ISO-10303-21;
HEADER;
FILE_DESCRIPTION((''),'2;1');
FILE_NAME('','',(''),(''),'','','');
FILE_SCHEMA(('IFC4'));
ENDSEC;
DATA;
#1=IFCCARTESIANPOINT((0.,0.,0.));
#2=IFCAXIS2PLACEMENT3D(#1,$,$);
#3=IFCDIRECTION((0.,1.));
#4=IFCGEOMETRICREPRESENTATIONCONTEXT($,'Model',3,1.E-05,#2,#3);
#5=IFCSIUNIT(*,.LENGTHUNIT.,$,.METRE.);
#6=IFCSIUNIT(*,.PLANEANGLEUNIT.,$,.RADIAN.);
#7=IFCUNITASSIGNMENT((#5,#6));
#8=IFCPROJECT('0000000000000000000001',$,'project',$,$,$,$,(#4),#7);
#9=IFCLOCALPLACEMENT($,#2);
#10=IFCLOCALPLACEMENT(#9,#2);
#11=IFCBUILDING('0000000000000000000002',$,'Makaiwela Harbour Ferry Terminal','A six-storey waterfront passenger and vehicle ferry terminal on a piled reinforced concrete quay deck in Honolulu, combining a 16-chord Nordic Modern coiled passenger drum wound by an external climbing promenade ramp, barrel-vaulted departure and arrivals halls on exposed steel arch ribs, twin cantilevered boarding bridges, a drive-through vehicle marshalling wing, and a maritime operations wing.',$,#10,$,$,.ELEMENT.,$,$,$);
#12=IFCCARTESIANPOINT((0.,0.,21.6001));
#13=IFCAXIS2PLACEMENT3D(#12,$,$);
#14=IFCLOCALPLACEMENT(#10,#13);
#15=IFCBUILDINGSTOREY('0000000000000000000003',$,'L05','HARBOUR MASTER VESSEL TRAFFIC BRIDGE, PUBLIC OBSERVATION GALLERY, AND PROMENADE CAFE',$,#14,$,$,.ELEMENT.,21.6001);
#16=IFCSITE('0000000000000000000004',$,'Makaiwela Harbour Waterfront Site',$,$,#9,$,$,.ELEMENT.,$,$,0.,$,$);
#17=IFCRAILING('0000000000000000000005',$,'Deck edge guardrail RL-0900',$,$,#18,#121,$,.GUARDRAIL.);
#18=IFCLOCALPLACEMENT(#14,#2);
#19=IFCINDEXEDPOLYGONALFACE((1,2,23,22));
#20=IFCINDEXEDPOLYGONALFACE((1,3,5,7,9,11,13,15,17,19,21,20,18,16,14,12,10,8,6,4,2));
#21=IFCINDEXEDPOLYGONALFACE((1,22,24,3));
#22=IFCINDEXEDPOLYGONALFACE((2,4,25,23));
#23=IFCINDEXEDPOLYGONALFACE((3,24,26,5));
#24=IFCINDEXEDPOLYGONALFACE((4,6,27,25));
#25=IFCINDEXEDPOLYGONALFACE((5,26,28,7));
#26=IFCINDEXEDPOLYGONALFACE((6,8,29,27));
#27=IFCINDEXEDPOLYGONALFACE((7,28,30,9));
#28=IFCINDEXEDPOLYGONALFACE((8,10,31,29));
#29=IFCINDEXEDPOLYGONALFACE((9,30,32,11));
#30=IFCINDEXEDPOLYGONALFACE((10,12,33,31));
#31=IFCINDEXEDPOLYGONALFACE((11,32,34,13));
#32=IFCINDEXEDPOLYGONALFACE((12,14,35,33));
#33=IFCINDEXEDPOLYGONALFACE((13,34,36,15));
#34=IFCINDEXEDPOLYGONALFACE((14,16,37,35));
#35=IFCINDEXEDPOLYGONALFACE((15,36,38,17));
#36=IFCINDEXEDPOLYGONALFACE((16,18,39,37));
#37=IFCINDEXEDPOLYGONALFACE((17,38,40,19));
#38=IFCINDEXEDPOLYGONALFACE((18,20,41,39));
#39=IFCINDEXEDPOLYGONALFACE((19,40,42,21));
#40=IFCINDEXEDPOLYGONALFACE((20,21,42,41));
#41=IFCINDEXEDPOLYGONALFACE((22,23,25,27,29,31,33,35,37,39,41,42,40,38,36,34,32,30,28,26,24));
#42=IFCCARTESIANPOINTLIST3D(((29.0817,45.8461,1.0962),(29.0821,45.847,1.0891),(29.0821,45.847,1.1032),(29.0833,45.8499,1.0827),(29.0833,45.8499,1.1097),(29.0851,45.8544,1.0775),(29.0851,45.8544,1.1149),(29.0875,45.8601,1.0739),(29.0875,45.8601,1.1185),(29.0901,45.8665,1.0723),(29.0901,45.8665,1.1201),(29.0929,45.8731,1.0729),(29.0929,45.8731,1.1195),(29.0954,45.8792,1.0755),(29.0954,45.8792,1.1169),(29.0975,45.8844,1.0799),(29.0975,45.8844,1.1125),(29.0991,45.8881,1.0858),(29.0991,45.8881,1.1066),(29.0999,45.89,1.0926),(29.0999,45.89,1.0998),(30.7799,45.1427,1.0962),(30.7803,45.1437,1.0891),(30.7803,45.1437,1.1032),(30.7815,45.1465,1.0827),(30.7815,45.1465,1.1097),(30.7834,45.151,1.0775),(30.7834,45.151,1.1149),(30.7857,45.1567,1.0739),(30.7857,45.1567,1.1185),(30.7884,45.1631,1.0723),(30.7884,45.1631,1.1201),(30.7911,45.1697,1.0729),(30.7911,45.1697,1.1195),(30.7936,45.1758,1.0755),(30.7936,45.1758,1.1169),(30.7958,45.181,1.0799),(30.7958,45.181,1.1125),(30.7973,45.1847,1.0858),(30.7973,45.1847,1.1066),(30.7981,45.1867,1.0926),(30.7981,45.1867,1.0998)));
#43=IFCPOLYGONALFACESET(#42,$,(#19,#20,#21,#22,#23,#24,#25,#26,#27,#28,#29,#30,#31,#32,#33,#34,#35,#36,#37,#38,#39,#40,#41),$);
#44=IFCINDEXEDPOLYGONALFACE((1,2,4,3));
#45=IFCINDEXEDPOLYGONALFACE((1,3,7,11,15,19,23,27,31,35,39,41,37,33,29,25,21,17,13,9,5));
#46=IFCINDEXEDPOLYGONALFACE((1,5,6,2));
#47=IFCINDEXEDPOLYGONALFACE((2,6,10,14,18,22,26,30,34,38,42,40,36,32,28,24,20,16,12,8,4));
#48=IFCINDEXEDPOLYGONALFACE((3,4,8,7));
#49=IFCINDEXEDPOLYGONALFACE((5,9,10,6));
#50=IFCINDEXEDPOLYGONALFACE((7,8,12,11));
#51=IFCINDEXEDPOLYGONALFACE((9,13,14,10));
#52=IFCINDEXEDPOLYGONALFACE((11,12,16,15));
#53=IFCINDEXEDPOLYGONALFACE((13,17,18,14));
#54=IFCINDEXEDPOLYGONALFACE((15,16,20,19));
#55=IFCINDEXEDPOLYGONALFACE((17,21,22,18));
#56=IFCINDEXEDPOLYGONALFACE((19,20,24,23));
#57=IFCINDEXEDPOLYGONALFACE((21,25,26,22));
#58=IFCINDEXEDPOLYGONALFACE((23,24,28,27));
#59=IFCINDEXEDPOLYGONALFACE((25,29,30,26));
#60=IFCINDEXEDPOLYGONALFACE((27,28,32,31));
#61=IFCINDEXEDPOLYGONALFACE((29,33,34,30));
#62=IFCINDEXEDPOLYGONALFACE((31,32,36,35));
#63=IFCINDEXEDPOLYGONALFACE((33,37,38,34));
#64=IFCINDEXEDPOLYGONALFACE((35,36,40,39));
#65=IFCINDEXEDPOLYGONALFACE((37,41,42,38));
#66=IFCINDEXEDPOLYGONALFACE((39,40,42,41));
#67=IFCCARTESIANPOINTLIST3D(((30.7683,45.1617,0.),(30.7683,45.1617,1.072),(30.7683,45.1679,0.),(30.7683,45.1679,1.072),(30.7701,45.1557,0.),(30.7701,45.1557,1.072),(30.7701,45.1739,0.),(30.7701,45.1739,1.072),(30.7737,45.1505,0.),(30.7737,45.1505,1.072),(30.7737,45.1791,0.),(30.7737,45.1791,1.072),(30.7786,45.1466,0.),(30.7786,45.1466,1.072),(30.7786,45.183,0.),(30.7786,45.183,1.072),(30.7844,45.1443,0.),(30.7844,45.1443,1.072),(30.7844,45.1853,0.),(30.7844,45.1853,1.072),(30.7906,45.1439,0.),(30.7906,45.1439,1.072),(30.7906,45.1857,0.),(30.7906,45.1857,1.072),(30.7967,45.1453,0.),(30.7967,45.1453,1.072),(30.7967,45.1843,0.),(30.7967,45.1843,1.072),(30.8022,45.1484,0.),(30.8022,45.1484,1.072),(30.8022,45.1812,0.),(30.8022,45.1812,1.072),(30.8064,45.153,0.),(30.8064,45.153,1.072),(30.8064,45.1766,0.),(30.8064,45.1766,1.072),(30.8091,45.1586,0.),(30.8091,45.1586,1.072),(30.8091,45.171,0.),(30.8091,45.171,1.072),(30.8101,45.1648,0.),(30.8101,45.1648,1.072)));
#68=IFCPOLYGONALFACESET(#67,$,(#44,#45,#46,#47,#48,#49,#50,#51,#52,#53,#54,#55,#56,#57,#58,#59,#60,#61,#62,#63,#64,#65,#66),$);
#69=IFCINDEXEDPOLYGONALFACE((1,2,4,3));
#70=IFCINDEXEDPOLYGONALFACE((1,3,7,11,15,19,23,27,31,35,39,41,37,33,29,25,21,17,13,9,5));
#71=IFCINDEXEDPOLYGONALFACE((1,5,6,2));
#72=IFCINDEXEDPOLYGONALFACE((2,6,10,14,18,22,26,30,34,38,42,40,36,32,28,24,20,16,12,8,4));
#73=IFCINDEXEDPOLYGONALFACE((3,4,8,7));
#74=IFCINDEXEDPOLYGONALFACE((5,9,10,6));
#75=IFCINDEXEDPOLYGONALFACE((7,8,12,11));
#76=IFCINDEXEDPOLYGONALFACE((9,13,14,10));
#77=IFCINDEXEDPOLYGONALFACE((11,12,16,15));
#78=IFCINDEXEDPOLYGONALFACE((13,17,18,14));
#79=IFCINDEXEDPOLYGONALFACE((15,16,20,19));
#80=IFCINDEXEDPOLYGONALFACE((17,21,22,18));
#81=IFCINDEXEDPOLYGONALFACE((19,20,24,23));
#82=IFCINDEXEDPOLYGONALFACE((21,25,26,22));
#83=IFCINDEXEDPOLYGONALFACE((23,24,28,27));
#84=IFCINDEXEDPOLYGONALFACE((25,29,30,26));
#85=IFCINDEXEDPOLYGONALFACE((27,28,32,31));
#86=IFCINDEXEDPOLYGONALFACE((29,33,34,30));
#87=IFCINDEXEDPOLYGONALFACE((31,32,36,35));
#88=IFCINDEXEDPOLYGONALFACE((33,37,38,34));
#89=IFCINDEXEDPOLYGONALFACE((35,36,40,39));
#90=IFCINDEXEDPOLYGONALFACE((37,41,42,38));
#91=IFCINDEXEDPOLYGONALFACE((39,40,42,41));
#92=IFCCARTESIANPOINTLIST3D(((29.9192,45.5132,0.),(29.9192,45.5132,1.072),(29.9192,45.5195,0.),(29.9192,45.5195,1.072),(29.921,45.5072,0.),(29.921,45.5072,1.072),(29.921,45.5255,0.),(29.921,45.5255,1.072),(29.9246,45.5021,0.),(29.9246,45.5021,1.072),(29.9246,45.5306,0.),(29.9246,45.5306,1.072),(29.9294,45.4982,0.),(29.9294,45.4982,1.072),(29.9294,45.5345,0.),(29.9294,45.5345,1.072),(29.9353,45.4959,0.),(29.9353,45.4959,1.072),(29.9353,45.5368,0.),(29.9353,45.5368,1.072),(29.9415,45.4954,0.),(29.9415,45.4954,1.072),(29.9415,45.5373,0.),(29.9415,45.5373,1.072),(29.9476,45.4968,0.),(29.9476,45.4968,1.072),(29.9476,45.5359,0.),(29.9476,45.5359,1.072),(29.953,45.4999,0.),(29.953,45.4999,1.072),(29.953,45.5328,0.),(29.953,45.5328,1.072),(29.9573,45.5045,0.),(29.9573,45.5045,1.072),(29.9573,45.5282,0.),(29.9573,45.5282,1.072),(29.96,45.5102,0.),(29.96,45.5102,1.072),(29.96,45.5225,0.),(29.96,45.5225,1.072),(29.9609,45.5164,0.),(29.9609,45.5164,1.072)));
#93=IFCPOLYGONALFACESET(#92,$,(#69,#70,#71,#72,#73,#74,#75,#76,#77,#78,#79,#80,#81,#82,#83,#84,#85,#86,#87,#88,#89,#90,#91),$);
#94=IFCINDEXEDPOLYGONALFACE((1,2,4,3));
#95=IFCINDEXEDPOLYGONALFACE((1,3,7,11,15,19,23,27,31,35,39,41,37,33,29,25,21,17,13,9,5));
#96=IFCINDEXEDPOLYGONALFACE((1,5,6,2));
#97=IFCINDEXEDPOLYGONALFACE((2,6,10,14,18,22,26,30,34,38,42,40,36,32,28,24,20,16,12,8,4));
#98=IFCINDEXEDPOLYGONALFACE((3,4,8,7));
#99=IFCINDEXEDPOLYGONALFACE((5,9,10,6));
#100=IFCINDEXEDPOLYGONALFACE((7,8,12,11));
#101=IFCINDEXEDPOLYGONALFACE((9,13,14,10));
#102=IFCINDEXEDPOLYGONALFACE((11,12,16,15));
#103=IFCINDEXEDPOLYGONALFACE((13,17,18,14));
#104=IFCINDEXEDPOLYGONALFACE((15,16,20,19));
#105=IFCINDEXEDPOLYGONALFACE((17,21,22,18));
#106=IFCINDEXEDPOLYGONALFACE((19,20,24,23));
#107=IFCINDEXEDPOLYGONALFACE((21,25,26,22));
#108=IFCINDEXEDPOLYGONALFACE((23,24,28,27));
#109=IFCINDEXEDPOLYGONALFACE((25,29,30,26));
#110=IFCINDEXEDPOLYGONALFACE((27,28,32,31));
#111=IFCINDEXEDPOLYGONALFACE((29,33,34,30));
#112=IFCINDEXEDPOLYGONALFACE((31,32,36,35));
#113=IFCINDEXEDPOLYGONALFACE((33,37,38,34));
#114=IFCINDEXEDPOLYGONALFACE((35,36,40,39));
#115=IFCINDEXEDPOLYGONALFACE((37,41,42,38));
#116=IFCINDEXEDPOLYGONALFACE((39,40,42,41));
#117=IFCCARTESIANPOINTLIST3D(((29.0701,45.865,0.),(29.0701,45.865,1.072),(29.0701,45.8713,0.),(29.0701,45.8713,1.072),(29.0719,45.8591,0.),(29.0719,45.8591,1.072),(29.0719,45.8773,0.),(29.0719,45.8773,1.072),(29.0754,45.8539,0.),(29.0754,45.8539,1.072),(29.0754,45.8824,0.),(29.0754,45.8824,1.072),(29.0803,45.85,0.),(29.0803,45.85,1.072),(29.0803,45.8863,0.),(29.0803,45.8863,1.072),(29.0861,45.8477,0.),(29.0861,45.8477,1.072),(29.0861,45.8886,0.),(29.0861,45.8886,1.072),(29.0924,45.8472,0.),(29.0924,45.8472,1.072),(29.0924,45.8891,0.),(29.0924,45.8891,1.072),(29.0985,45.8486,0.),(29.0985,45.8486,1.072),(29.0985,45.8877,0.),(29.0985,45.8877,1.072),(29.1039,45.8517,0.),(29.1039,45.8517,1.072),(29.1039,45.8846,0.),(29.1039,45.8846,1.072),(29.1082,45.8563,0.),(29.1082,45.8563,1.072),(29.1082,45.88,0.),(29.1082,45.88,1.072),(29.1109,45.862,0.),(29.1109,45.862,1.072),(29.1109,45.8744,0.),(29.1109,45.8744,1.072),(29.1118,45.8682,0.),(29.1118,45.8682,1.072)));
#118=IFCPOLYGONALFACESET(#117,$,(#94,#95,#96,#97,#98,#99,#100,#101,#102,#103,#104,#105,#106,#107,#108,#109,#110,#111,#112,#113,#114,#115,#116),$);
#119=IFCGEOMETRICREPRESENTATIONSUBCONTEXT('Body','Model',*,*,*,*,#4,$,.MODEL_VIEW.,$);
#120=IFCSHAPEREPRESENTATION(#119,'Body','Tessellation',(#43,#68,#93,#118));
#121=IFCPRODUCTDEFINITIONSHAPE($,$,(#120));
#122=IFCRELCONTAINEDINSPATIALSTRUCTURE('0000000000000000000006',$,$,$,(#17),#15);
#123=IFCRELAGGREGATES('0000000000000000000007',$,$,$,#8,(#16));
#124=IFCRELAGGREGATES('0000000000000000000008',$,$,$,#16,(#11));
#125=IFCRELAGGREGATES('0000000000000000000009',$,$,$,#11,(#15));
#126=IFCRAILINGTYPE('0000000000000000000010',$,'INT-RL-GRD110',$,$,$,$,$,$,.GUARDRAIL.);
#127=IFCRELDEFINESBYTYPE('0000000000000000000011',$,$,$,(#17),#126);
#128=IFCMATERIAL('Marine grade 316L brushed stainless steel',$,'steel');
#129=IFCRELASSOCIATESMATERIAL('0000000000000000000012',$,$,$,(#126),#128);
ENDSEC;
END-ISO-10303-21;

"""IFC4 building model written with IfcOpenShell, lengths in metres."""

from ifc_helpers import new_model, si_unit, direction, frame, origin, origin_2d, place, context, subcontext, project, spatial, circle, extrude, material, type_object, element, save


model = new_model("IFC4")

# Units and contexts
model_context = context("Model", 3, precision=1e-05, world=origin(), true_north=direction((0.0, 1.0)))
body_context = subcontext(model_context, "Body", "Model", "MODEL_VIEW")
ifc_project = project(units=[si_unit("LENGTHUNIT", "METRE"), si_unit("PLANEANGLEUNIT", "RADIAN")], contexts=[model_context])

# Site, building, storey
site_placement = place(None, origin())
site = spatial("IfcSite", under=ifc_project, at=site_placement, Name="Makaiwela Harbour Waterfront Site", CompositionType="ELEMENT", RefElevation=0.0)
building_placement = place(site_placement, origin())
building = spatial("IfcBuilding", under=site, at=building_placement, Name="Makaiwela Harbour Ferry Terminal", Description="A six-storey waterfront passenger and vehicle ferry terminal on a piled reinforced concrete quay deck in Honolulu, combining a 16-chord Nordic Modern coiled passenger drum wound by an external climbing promenade ramp, barrel-vaulted departure and arrivals halls on exposed steel arch ribs, twin cantilevered boarding bridges, a drive-through vehicle marshalling wing, and a maritime operations wing.", CompositionType="ELEMENT")
storey_placement = place(building_placement, frame((0.0, 0.0, 21.6001)))
storey = spatial("IfcBuildingStorey", under=building, at=storey_placement, Name="L05", Description="HARBOUR MASTER VESSEL TRAFFIC BRIDGE, PUBLIC OBSERVATION GALLERY, AND PROMENADE CAFE", CompositionType="ELEMENT", Elevation=21.6001)

# Railing
ifc_material_1 = material(Name="Marine grade 316L brushed stainless steel", Category="steel")
railing_type = type_object("IfcRailingType", Name="INT-RL-GRD110", PredefinedType="GUARDRAIL", material=ifc_material_1)
railing_1_placement = place(storey_placement, frame((30.7891, 45.1648, 0.0)))
element("IfcRailing", 1, at=railing_1_placement, inside=storey, type_object=railing_type, Name="Deck edge guardrail RL-0900", PredefinedType="GUARDRAIL", context=body_context, shape_type="SweptSolid", body=[
    extrude(circle(Radius=0.0239, at=origin_2d()), frame((0.0, 0.0, 1.0962), z_axis=(-0.923892, 0.382653, 0.0), x_axis=(-0.382653, -0.923892, 0.0)), (0.0, 0.0, 1.0), 1.8381),
    extrude(circle(Radius=0.021, at=origin_2d()), origin(), (0.0, 0.0, 1.0), 1.072),
    extrude(circle(Radius=0.021, at=origin_2d()), frame((-0.8491, 0.3516, 0.0)), (0.0, 0.0, 1.0), 1.072),
    extrude(circle(Radius=0.021, at=origin_2d()), frame((-1.6982, 0.7034, 0.0)), (0.0, 0.0, 1.0), 1.072),
])

save(model, "model.ifc")
